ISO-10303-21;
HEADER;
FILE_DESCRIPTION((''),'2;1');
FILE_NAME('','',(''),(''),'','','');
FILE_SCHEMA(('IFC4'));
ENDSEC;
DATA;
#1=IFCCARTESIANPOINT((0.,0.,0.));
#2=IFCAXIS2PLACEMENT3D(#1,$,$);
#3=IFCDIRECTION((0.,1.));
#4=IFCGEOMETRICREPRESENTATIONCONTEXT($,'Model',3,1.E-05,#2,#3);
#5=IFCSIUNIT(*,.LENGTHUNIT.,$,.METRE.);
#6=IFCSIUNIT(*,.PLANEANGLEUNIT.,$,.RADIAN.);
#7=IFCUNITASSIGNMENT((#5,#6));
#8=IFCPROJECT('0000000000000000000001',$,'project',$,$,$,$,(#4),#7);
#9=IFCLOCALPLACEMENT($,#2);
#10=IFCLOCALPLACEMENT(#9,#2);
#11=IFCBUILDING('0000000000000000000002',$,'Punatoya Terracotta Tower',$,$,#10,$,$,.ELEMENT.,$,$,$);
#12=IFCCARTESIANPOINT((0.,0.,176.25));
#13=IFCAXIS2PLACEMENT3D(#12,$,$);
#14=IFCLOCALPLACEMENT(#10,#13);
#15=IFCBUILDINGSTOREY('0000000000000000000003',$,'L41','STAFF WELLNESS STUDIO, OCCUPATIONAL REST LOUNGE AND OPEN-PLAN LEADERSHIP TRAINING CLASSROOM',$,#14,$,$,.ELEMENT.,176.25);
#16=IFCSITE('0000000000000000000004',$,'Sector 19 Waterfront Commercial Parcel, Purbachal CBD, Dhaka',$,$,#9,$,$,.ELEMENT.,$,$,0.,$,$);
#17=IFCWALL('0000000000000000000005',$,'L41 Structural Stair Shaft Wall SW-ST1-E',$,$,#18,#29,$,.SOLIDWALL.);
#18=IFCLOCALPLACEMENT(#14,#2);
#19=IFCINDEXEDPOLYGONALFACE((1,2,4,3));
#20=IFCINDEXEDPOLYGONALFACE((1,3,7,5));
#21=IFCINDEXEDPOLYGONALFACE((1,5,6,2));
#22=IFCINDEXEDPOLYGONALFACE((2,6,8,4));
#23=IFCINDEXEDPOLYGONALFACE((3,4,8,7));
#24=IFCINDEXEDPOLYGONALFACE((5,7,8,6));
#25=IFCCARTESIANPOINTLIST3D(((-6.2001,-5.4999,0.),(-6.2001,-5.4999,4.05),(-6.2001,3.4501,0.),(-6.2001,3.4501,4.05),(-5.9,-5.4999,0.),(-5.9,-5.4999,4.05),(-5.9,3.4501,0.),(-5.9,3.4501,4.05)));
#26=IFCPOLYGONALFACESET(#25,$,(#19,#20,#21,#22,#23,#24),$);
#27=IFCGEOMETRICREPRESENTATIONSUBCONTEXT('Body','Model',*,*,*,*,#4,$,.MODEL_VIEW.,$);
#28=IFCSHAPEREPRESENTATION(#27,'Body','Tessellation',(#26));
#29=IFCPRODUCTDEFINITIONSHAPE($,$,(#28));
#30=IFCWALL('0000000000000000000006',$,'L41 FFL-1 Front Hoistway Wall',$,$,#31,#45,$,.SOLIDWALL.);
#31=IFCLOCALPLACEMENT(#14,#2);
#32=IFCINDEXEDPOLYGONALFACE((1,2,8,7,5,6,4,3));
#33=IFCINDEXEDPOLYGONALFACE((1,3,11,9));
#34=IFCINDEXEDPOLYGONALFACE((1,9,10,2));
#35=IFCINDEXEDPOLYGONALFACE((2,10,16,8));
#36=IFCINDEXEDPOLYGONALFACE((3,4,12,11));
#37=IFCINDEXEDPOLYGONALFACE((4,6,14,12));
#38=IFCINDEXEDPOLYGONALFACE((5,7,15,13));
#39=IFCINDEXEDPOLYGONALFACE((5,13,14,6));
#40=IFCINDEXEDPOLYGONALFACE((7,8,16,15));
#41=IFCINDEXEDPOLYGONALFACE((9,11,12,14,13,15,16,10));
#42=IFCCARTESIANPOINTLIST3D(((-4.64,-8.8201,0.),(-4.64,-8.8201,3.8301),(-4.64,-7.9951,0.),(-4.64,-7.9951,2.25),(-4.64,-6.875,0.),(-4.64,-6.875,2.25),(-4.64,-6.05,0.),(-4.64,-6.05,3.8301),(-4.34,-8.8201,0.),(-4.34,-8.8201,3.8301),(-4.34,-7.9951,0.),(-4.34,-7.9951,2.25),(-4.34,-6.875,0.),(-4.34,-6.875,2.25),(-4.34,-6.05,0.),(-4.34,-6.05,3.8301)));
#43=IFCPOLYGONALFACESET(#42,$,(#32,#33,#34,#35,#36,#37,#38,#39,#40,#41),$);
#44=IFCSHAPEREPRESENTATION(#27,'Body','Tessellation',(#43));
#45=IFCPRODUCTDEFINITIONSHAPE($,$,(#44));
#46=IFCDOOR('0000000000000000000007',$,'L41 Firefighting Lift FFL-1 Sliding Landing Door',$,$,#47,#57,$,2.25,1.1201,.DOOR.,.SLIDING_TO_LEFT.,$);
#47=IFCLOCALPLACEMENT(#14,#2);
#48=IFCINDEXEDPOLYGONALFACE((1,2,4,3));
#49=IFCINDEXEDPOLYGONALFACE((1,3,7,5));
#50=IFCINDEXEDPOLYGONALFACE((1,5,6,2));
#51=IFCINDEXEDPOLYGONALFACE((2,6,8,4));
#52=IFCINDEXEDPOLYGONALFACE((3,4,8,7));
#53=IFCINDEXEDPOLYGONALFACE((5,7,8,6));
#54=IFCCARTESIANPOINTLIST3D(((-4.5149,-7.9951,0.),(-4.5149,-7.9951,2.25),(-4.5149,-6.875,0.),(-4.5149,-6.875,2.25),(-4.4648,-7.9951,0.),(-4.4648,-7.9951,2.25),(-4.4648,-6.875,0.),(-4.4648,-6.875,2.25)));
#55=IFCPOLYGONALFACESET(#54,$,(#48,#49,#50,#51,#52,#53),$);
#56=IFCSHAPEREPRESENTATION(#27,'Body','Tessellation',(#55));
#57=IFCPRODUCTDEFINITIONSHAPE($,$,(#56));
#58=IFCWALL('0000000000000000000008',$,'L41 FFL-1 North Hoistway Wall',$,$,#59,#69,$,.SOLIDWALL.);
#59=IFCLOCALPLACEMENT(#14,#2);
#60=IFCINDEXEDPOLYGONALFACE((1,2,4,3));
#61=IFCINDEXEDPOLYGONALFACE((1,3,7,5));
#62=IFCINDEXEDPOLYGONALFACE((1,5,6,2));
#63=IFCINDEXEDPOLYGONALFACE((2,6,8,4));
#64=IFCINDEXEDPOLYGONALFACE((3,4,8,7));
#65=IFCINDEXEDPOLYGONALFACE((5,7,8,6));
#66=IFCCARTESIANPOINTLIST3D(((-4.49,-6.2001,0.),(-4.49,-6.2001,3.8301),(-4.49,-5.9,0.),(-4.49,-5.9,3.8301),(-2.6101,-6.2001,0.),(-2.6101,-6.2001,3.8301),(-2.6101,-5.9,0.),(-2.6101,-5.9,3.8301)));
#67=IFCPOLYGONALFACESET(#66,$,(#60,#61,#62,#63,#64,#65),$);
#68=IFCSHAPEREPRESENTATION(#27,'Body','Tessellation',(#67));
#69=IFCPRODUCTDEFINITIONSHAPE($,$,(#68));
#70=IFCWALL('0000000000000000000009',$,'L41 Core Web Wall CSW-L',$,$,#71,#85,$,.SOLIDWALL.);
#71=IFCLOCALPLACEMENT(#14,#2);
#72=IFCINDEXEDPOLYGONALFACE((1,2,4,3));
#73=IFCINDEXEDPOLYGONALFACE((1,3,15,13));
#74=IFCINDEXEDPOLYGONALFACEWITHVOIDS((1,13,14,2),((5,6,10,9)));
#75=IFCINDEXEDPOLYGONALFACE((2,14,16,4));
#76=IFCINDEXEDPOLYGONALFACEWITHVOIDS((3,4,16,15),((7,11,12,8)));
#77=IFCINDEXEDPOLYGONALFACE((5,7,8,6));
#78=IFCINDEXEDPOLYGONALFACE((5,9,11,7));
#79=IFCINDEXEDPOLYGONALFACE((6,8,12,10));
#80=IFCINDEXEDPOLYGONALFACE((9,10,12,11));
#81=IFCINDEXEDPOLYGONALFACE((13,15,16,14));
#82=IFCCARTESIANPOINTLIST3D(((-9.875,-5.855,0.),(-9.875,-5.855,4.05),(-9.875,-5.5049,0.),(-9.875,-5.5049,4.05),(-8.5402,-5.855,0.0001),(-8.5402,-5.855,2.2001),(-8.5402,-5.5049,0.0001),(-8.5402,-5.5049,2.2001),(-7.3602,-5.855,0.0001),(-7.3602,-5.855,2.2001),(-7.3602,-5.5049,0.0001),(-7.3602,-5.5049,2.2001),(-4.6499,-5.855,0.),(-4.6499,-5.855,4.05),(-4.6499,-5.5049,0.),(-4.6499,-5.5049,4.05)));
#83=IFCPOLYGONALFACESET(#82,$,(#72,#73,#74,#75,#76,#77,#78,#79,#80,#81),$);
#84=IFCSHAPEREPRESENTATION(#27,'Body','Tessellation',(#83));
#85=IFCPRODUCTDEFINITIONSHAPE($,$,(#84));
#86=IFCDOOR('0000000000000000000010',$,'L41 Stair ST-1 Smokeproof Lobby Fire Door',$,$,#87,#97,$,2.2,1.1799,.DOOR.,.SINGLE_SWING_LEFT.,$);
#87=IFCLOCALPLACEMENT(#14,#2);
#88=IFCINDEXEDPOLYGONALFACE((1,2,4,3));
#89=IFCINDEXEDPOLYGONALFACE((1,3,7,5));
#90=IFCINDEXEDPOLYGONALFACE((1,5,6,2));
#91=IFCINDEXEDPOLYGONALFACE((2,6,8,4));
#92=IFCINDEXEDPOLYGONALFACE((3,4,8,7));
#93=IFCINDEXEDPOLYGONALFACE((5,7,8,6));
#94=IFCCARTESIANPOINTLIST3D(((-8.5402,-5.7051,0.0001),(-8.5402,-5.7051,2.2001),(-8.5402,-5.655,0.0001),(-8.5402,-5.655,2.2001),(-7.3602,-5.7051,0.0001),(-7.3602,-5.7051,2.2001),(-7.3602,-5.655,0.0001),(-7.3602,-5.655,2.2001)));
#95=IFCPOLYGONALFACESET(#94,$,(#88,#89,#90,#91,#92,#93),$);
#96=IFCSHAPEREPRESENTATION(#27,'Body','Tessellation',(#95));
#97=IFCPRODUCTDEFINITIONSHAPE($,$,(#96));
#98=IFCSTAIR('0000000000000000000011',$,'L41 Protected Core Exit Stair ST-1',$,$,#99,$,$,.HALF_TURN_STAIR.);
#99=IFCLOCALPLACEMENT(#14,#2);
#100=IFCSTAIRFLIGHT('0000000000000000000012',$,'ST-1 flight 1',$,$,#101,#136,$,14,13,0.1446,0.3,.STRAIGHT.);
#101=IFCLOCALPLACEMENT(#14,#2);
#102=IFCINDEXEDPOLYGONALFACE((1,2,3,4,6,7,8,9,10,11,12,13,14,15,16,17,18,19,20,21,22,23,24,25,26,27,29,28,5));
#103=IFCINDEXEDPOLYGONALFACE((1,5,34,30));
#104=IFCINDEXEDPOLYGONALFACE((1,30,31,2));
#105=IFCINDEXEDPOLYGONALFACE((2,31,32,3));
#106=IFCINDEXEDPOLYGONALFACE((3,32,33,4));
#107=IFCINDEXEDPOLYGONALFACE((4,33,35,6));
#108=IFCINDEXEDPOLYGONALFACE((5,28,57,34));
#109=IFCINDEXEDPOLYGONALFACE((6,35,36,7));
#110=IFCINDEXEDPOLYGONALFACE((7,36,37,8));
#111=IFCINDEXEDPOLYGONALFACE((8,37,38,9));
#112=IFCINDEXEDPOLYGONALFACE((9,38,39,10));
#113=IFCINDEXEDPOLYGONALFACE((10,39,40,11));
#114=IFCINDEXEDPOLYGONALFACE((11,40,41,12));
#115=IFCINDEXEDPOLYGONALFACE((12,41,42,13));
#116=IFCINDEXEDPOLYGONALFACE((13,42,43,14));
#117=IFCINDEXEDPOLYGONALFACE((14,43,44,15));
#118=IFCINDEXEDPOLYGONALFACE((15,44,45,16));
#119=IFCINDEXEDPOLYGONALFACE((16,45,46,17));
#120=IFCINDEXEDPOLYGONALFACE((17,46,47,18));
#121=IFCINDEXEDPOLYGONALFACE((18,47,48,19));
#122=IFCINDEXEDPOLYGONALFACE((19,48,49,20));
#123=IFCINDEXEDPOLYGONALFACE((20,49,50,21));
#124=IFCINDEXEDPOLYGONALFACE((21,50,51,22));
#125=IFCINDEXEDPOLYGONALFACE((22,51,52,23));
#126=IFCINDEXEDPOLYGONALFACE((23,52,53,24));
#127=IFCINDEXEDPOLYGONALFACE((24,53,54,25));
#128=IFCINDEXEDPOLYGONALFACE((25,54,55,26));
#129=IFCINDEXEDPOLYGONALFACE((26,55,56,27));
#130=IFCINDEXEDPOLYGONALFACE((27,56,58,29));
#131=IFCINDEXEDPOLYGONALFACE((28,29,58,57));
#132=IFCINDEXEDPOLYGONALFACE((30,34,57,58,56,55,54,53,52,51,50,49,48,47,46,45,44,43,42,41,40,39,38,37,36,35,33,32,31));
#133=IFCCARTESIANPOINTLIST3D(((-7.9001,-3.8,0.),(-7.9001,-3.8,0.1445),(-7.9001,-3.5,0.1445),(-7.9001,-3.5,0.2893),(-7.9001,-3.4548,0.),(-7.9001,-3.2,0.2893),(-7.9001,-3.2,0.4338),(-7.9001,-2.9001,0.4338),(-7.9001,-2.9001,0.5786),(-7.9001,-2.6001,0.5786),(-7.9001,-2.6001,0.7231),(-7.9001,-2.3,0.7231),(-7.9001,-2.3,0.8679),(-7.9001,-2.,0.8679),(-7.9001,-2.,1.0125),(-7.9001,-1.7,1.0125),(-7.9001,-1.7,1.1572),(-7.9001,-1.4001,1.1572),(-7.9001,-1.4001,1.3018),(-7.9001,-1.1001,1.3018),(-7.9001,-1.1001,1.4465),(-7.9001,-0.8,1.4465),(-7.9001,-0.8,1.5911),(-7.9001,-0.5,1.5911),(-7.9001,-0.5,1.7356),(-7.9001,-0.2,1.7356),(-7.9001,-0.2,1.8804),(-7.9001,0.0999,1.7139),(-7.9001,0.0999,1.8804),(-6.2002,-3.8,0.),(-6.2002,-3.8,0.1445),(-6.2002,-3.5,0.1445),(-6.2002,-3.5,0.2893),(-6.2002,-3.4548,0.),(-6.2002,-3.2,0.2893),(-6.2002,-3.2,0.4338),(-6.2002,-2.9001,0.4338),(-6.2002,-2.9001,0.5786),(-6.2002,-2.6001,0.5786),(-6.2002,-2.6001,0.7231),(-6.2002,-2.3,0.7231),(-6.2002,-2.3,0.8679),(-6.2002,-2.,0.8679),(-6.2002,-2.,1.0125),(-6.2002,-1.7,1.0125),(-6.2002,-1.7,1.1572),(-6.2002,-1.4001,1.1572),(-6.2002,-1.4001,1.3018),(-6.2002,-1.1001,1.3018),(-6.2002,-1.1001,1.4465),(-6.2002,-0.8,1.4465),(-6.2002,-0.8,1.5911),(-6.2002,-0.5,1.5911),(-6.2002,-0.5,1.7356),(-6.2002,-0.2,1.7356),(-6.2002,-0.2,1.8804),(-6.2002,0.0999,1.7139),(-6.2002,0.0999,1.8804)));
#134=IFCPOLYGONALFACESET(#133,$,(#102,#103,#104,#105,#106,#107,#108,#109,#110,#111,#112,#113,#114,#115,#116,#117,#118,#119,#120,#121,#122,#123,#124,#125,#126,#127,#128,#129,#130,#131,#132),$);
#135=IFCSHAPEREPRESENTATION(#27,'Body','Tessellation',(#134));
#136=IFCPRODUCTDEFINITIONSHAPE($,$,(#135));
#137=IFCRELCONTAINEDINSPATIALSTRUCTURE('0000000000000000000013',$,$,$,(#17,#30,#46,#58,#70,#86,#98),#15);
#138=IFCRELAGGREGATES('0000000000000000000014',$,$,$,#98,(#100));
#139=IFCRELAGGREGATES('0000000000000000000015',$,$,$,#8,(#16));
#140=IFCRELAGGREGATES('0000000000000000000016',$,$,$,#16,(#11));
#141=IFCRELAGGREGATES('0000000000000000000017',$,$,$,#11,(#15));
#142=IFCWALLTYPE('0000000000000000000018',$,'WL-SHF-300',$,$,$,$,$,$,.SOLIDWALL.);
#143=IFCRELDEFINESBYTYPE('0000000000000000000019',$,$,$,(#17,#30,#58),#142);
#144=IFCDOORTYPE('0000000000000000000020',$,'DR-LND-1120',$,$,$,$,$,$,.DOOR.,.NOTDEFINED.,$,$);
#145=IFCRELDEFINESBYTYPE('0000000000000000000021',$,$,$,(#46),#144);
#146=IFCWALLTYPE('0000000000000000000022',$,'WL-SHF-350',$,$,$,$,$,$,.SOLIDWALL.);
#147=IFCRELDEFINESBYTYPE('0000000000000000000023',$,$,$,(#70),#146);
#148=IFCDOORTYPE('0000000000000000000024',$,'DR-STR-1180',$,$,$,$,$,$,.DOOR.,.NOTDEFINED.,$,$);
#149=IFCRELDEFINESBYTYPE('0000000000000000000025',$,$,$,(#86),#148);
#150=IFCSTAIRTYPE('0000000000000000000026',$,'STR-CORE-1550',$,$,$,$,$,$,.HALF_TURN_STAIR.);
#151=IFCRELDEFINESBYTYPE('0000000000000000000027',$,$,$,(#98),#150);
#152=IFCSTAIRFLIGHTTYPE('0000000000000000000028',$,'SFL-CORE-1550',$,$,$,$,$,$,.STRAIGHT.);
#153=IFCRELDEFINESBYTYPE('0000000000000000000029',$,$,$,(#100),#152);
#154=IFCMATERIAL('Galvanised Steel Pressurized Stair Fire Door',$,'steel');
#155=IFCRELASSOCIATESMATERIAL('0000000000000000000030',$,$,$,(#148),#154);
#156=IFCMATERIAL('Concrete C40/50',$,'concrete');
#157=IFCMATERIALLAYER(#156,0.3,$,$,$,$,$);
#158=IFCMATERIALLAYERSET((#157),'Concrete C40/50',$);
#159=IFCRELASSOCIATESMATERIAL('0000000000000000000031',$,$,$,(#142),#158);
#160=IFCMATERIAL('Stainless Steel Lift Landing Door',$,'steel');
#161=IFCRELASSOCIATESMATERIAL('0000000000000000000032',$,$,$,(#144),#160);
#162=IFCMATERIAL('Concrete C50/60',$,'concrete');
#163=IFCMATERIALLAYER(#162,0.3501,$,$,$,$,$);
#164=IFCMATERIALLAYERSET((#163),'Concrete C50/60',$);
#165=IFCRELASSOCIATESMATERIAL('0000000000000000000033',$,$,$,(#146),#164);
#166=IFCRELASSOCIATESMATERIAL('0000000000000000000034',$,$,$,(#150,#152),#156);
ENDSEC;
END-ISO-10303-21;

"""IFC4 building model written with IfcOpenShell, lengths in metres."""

from ifc_helpers import new_model, si_unit, direction, frame, frame_2d, origin, place, context, subcontext, project, spatial, polyline, rectangle, outline, extrude, material, layer, layer_set, type_object, element, fill, aggregate, save


model = new_model("IFC4")

# Units and contexts
model_context = context("Model", 3, precision=1e-05, world=origin(), true_north=direction((0.0, 1.0)))
body_context = subcontext(model_context, "Body", "Model", "MODEL_VIEW")
ifc_project = project(units=[si_unit("LENGTHUNIT", "METRE"), si_unit("PLANEANGLEUNIT", "RADIAN")], contexts=[model_context])

# Site, building, storey
site_placement = place(None, origin())
site = spatial("IfcSite", under=ifc_project, at=site_placement, Name="Sector 19 Waterfront Commercial Parcel, Purbachal CBD, Dhaka", CompositionType="ELEMENT", RefElevation=0.0)
building_placement = place(site_placement, origin())
building = spatial("IfcBuilding", under=site, at=building_placement, Name="Punatoya Terracotta Tower", CompositionType="ELEMENT")
storey_placement = place(building_placement, frame((0.0, 0.0, 176.25)))
storey = spatial("IfcBuildingStorey", under=building, at=storey_placement, Name="L41", Description="STAFF WELLNESS STUDIO, OCCUPATIONAL REST LOUNGE AND OPEN-PLAN LEADERSHIP TRAINING CLASSROOM", CompositionType="ELEMENT", Elevation=176.25)

# Shared definitions
ifc_material_1 = material(Name="Galvanised Steel Pressurized Stair Fire Door", Category="steel")
door_type_1 = type_object("IfcDoorType", Name="DR-STR-1180", OperationType="NOTDEFINED", PredefinedType="DOOR", material=ifc_material_1)

# Wall
ifc_material_2 = material(Name="Concrete C40/50", Category="concrete")
ifc_layer_1 = layer(ifc_material_2, 0.3)
ifc_layer_set_1 = layer_set([ifc_layer_1], Name="Concrete C40/50")
wall_type_1 = type_object("IfcWallType", Name="WL-SHF-300", PredefinedType="SOLIDWALL", material=ifc_layer_set_1)
wall_1_placement = place(storey_placement, frame((-6.05, -5.5, 0.0), z_axis=(0.0, 0.0, 1.0), x_axis=(0.0, 1.0, 0.0)))
element("IfcWall", 1, at=wall_1_placement, inside=storey, type_object=wall_type_1, Name="L41 Structural Stair Shaft Wall SW-ST1-E", PredefinedType="SOLIDWALL", context=body_context, shape_type="SweptSolid", body=[
    extrude(rectangle(XDim=8.95, YDim=0.3, at=frame_2d((4.4751, 0.0))), origin(), (0.0, 0.0, 1.0), 4.05),
])

# Wall, opening, door
wall_2_placement = place(storey_placement, frame((-4.49, -8.8201, 0.0), z_axis=(0.0, 0.0, 1.0), x_axis=(0.0, 1.0, 0.0)))
wall_2 = element("IfcWall", 2, at=wall_2_placement, inside=storey, type_object=wall_type_1, Name="L41 FFL-1 Front Hoistway Wall", PredefinedType="SOLIDWALL", context=body_context, shape_type="SweptSolid", body=[
    extrude(rectangle(XDim=2.77, YDim=0.3, at=frame_2d((1.385, 0.0))), origin(), (0.0, 0.0, 1.0), 3.8301),
])
opening_1_placement = place(wall_2_placement, frame((0.825, 0.0, 0.0)))
opening_1 = element("IfcOpeningElement", 3, at=opening_1_placement, cuts=wall_2, PredefinedType="OPENING", context=body_context, shape_type="SweptSolid", body=[
    extrude(rectangle(XDim=1.1201, YDim=2.25, at=frame_2d((0.5601, 1.125))), frame((0.0, 0.1599, 0.0), z_axis=(0.0, -1.0, 0.0), x_axis=(1.0, 0.0, 0.0)), (0.0, 0.0, 1.0), 0.3201),
])
ifc_material_3 = material(Name="Stainless Steel Lift Landing Door", Category="steel")
door_type_2 = type_object("IfcDoorType", Name="DR-LND-1120", OperationType="NOTDEFINED", PredefinedType="DOOR", material=ifc_material_3)
door_1_placement = place(opening_1_placement, origin())
door_1 = element("IfcDoor", 4, at=door_1_placement, inside=storey, type_object=door_type_2, Name="L41 Firefighting Lift FFL-1 Sliding Landing Door", OperationType="SLIDING_TO_LEFT", OverallHeight=2.25, OverallWidth=1.1201, PredefinedType="DOOR", context=body_context, shape_type="SweptSolid", body=[
    extrude(rectangle(XDim=1.1201, YDim=2.25, at=frame_2d((0.5601, 1.125))), frame((0.0, 0.0249, 0.0), z_axis=(0.0, -1.0, 0.0), x_axis=(1.0, 0.0, 0.0)), (0.0, 0.0, 1.0), 0.05),
])
fill(opening_1, door_1)

# Wall
wall_3_placement = place(storey_placement, frame((-4.49, -6.05, 0.0), z_axis=(0.0, 0.0, 1.0), x_axis=(1.0, 0.0, 0.0)))
element("IfcWall", 5, at=wall_3_placement, inside=storey, type_object=wall_type_1, Name="L41 FFL-1 North Hoistway Wall", PredefinedType="SOLIDWALL", context=body_context, shape_type="SweptSolid", body=[
    extrude(rectangle(XDim=1.8799, YDim=0.3, at=frame_2d((0.9399, 0.0))), origin(), (0.0, 0.0, 1.0), 3.8301),
])

# Wall, opening, door
ifc_material_4 = material(Name="Concrete C50/60", Category="concrete")
ifc_layer_2 = layer(ifc_material_4, 0.3501)
ifc_layer_set_2 = layer_set([ifc_layer_2], Name="Concrete C50/60")
wall_type_2 = type_object("IfcWallType", Name="WL-SHF-350", PredefinedType="SOLIDWALL", material=ifc_layer_set_2)
wall_4_placement = place(storey_placement, frame((-9.875, -5.6799, 0.0), z_axis=(0.0, 0.0, 1.0), x_axis=(1.0, 0.0, 0.0)))
wall_4 = element("IfcWall", 6, at=wall_4_placement, inside=storey, type_object=wall_type_2, Name="L41 Core Web Wall CSW-L", PredefinedType="SOLIDWALL", context=body_context, shape_type="SweptSolid", body=[
    extrude(rectangle(XDim=5.2251, YDim=0.3501, at=frame_2d((2.6125, 0.0))), origin(), (0.0, 0.0, 1.0), 4.05),
])
opening_2_placement = place(wall_4_placement, frame((1.335, 0.0, 0.0)))
opening_2 = element("IfcOpeningElement", 7, at=opening_2_placement, cuts=wall_4, PredefinedType="OPENING", context=body_context, shape_type="SweptSolid", body=[
    extrude(rectangle(XDim=1.1799, YDim=2.2, at=frame_2d((0.5898, 1.1001))), frame((0.0, 0.1851, 0.0), z_axis=(0.0, -1.0, 0.0), x_axis=(1.0, 0.0, 0.0)), (0.0, 0.0, 1.0), 0.3701),
])
door_2_placement = place(opening_2_placement, origin())
door_2 = element("IfcDoor", 8, at=door_2_placement, inside=storey, type_object=door_type_1, Name="L41 Stair ST-1 Smokeproof Lobby Fire Door", OperationType="SINGLE_SWING_LEFT", OverallHeight=2.2, OverallWidth=1.1799, PredefinedType="DOOR", context=body_context, shape_type="SweptSolid", body=[
    extrude(rectangle(XDim=1.1799, YDim=2.2, at=frame_2d((0.5898, 1.1001))), frame((0.0, 0.0249, 0.0), z_axis=(0.0, -1.0, 0.0), x_axis=(1.0, 0.0, 0.0)), (0.0, 0.0, 1.0), 0.05),
])
fill(opening_2, door_2)

# Stair, stair flight
stair_type = type_object("IfcStairType", Name="STR-CORE-1550", PredefinedType="HALF_TURN_STAIR", material=ifc_material_2)
stair_placement = place(storey_placement, origin())
stair = element("IfcStair", 9, at=stair_placement, inside=storey, type_object=stair_type, Name="L41 Protected Core Exit Stair ST-1", PredefinedType="HALF_TURN_STAIR")
stair_flight_type = type_object("IfcStairFlightType", Name="SFL-CORE-1550", PredefinedType="STRAIGHT", material=ifc_material_2)
stair_flight_placement = place(storey_placement, frame((-7.05, -3.8, 0.0), z_axis=(0.0, 0.0, 1.0), x_axis=(0.0, 1.0, 0.0)))
stair_flight = element("IfcStairFlight", 10, at=stair_flight_placement, type_object=stair_flight_type, Name="ST-1 flight 1", NumberOfRisers=14, NumberOfTreads=13, PredefinedType="STRAIGHT", RiserHeight=0.1446, TreadLength=0.3, context=body_context, shape_type="SweptSolid", body=[
    extrude(outline(polyline([(0.0, 0.0), (0.0, 0.1445), (0.3, 0.1445), (0.3, 0.2893), (0.6001, 0.2893), (0.6001, 0.4338), (0.8999, 0.4338), (0.8999, 0.5786), (1.2, 0.5786), (1.2, 0.7231), (1.5, 0.7231), (1.5, 0.8679), (1.8, 0.8679), (1.8, 1.0125), (2.1001, 1.0125), (2.1001, 1.1572), (2.3999, 1.1572), (2.3999, 1.3018), (2.7, 1.3018), (2.7, 1.4465), (3.0, 1.4465), (3.0, 1.5911), (3.3, 1.5911), (3.3, 1.7356), (3.6001, 1.7356), (3.6001, 1.8804), (3.8999, 1.8804), (3.8999, 2.0249), (3.8999, 1.7139), (0.3452, 0.0), (0.0, 0.0)])), frame((0.0, 0.8501, 0.0), z_axis=(0.0, -1.0, 0.0), x_axis=(1.0, 0.0, 0.0)), (0.0, 0.0, 1.0), 1.7),
])
aggregate(stair, [stair_flight])

save(model, "model.ifc")
